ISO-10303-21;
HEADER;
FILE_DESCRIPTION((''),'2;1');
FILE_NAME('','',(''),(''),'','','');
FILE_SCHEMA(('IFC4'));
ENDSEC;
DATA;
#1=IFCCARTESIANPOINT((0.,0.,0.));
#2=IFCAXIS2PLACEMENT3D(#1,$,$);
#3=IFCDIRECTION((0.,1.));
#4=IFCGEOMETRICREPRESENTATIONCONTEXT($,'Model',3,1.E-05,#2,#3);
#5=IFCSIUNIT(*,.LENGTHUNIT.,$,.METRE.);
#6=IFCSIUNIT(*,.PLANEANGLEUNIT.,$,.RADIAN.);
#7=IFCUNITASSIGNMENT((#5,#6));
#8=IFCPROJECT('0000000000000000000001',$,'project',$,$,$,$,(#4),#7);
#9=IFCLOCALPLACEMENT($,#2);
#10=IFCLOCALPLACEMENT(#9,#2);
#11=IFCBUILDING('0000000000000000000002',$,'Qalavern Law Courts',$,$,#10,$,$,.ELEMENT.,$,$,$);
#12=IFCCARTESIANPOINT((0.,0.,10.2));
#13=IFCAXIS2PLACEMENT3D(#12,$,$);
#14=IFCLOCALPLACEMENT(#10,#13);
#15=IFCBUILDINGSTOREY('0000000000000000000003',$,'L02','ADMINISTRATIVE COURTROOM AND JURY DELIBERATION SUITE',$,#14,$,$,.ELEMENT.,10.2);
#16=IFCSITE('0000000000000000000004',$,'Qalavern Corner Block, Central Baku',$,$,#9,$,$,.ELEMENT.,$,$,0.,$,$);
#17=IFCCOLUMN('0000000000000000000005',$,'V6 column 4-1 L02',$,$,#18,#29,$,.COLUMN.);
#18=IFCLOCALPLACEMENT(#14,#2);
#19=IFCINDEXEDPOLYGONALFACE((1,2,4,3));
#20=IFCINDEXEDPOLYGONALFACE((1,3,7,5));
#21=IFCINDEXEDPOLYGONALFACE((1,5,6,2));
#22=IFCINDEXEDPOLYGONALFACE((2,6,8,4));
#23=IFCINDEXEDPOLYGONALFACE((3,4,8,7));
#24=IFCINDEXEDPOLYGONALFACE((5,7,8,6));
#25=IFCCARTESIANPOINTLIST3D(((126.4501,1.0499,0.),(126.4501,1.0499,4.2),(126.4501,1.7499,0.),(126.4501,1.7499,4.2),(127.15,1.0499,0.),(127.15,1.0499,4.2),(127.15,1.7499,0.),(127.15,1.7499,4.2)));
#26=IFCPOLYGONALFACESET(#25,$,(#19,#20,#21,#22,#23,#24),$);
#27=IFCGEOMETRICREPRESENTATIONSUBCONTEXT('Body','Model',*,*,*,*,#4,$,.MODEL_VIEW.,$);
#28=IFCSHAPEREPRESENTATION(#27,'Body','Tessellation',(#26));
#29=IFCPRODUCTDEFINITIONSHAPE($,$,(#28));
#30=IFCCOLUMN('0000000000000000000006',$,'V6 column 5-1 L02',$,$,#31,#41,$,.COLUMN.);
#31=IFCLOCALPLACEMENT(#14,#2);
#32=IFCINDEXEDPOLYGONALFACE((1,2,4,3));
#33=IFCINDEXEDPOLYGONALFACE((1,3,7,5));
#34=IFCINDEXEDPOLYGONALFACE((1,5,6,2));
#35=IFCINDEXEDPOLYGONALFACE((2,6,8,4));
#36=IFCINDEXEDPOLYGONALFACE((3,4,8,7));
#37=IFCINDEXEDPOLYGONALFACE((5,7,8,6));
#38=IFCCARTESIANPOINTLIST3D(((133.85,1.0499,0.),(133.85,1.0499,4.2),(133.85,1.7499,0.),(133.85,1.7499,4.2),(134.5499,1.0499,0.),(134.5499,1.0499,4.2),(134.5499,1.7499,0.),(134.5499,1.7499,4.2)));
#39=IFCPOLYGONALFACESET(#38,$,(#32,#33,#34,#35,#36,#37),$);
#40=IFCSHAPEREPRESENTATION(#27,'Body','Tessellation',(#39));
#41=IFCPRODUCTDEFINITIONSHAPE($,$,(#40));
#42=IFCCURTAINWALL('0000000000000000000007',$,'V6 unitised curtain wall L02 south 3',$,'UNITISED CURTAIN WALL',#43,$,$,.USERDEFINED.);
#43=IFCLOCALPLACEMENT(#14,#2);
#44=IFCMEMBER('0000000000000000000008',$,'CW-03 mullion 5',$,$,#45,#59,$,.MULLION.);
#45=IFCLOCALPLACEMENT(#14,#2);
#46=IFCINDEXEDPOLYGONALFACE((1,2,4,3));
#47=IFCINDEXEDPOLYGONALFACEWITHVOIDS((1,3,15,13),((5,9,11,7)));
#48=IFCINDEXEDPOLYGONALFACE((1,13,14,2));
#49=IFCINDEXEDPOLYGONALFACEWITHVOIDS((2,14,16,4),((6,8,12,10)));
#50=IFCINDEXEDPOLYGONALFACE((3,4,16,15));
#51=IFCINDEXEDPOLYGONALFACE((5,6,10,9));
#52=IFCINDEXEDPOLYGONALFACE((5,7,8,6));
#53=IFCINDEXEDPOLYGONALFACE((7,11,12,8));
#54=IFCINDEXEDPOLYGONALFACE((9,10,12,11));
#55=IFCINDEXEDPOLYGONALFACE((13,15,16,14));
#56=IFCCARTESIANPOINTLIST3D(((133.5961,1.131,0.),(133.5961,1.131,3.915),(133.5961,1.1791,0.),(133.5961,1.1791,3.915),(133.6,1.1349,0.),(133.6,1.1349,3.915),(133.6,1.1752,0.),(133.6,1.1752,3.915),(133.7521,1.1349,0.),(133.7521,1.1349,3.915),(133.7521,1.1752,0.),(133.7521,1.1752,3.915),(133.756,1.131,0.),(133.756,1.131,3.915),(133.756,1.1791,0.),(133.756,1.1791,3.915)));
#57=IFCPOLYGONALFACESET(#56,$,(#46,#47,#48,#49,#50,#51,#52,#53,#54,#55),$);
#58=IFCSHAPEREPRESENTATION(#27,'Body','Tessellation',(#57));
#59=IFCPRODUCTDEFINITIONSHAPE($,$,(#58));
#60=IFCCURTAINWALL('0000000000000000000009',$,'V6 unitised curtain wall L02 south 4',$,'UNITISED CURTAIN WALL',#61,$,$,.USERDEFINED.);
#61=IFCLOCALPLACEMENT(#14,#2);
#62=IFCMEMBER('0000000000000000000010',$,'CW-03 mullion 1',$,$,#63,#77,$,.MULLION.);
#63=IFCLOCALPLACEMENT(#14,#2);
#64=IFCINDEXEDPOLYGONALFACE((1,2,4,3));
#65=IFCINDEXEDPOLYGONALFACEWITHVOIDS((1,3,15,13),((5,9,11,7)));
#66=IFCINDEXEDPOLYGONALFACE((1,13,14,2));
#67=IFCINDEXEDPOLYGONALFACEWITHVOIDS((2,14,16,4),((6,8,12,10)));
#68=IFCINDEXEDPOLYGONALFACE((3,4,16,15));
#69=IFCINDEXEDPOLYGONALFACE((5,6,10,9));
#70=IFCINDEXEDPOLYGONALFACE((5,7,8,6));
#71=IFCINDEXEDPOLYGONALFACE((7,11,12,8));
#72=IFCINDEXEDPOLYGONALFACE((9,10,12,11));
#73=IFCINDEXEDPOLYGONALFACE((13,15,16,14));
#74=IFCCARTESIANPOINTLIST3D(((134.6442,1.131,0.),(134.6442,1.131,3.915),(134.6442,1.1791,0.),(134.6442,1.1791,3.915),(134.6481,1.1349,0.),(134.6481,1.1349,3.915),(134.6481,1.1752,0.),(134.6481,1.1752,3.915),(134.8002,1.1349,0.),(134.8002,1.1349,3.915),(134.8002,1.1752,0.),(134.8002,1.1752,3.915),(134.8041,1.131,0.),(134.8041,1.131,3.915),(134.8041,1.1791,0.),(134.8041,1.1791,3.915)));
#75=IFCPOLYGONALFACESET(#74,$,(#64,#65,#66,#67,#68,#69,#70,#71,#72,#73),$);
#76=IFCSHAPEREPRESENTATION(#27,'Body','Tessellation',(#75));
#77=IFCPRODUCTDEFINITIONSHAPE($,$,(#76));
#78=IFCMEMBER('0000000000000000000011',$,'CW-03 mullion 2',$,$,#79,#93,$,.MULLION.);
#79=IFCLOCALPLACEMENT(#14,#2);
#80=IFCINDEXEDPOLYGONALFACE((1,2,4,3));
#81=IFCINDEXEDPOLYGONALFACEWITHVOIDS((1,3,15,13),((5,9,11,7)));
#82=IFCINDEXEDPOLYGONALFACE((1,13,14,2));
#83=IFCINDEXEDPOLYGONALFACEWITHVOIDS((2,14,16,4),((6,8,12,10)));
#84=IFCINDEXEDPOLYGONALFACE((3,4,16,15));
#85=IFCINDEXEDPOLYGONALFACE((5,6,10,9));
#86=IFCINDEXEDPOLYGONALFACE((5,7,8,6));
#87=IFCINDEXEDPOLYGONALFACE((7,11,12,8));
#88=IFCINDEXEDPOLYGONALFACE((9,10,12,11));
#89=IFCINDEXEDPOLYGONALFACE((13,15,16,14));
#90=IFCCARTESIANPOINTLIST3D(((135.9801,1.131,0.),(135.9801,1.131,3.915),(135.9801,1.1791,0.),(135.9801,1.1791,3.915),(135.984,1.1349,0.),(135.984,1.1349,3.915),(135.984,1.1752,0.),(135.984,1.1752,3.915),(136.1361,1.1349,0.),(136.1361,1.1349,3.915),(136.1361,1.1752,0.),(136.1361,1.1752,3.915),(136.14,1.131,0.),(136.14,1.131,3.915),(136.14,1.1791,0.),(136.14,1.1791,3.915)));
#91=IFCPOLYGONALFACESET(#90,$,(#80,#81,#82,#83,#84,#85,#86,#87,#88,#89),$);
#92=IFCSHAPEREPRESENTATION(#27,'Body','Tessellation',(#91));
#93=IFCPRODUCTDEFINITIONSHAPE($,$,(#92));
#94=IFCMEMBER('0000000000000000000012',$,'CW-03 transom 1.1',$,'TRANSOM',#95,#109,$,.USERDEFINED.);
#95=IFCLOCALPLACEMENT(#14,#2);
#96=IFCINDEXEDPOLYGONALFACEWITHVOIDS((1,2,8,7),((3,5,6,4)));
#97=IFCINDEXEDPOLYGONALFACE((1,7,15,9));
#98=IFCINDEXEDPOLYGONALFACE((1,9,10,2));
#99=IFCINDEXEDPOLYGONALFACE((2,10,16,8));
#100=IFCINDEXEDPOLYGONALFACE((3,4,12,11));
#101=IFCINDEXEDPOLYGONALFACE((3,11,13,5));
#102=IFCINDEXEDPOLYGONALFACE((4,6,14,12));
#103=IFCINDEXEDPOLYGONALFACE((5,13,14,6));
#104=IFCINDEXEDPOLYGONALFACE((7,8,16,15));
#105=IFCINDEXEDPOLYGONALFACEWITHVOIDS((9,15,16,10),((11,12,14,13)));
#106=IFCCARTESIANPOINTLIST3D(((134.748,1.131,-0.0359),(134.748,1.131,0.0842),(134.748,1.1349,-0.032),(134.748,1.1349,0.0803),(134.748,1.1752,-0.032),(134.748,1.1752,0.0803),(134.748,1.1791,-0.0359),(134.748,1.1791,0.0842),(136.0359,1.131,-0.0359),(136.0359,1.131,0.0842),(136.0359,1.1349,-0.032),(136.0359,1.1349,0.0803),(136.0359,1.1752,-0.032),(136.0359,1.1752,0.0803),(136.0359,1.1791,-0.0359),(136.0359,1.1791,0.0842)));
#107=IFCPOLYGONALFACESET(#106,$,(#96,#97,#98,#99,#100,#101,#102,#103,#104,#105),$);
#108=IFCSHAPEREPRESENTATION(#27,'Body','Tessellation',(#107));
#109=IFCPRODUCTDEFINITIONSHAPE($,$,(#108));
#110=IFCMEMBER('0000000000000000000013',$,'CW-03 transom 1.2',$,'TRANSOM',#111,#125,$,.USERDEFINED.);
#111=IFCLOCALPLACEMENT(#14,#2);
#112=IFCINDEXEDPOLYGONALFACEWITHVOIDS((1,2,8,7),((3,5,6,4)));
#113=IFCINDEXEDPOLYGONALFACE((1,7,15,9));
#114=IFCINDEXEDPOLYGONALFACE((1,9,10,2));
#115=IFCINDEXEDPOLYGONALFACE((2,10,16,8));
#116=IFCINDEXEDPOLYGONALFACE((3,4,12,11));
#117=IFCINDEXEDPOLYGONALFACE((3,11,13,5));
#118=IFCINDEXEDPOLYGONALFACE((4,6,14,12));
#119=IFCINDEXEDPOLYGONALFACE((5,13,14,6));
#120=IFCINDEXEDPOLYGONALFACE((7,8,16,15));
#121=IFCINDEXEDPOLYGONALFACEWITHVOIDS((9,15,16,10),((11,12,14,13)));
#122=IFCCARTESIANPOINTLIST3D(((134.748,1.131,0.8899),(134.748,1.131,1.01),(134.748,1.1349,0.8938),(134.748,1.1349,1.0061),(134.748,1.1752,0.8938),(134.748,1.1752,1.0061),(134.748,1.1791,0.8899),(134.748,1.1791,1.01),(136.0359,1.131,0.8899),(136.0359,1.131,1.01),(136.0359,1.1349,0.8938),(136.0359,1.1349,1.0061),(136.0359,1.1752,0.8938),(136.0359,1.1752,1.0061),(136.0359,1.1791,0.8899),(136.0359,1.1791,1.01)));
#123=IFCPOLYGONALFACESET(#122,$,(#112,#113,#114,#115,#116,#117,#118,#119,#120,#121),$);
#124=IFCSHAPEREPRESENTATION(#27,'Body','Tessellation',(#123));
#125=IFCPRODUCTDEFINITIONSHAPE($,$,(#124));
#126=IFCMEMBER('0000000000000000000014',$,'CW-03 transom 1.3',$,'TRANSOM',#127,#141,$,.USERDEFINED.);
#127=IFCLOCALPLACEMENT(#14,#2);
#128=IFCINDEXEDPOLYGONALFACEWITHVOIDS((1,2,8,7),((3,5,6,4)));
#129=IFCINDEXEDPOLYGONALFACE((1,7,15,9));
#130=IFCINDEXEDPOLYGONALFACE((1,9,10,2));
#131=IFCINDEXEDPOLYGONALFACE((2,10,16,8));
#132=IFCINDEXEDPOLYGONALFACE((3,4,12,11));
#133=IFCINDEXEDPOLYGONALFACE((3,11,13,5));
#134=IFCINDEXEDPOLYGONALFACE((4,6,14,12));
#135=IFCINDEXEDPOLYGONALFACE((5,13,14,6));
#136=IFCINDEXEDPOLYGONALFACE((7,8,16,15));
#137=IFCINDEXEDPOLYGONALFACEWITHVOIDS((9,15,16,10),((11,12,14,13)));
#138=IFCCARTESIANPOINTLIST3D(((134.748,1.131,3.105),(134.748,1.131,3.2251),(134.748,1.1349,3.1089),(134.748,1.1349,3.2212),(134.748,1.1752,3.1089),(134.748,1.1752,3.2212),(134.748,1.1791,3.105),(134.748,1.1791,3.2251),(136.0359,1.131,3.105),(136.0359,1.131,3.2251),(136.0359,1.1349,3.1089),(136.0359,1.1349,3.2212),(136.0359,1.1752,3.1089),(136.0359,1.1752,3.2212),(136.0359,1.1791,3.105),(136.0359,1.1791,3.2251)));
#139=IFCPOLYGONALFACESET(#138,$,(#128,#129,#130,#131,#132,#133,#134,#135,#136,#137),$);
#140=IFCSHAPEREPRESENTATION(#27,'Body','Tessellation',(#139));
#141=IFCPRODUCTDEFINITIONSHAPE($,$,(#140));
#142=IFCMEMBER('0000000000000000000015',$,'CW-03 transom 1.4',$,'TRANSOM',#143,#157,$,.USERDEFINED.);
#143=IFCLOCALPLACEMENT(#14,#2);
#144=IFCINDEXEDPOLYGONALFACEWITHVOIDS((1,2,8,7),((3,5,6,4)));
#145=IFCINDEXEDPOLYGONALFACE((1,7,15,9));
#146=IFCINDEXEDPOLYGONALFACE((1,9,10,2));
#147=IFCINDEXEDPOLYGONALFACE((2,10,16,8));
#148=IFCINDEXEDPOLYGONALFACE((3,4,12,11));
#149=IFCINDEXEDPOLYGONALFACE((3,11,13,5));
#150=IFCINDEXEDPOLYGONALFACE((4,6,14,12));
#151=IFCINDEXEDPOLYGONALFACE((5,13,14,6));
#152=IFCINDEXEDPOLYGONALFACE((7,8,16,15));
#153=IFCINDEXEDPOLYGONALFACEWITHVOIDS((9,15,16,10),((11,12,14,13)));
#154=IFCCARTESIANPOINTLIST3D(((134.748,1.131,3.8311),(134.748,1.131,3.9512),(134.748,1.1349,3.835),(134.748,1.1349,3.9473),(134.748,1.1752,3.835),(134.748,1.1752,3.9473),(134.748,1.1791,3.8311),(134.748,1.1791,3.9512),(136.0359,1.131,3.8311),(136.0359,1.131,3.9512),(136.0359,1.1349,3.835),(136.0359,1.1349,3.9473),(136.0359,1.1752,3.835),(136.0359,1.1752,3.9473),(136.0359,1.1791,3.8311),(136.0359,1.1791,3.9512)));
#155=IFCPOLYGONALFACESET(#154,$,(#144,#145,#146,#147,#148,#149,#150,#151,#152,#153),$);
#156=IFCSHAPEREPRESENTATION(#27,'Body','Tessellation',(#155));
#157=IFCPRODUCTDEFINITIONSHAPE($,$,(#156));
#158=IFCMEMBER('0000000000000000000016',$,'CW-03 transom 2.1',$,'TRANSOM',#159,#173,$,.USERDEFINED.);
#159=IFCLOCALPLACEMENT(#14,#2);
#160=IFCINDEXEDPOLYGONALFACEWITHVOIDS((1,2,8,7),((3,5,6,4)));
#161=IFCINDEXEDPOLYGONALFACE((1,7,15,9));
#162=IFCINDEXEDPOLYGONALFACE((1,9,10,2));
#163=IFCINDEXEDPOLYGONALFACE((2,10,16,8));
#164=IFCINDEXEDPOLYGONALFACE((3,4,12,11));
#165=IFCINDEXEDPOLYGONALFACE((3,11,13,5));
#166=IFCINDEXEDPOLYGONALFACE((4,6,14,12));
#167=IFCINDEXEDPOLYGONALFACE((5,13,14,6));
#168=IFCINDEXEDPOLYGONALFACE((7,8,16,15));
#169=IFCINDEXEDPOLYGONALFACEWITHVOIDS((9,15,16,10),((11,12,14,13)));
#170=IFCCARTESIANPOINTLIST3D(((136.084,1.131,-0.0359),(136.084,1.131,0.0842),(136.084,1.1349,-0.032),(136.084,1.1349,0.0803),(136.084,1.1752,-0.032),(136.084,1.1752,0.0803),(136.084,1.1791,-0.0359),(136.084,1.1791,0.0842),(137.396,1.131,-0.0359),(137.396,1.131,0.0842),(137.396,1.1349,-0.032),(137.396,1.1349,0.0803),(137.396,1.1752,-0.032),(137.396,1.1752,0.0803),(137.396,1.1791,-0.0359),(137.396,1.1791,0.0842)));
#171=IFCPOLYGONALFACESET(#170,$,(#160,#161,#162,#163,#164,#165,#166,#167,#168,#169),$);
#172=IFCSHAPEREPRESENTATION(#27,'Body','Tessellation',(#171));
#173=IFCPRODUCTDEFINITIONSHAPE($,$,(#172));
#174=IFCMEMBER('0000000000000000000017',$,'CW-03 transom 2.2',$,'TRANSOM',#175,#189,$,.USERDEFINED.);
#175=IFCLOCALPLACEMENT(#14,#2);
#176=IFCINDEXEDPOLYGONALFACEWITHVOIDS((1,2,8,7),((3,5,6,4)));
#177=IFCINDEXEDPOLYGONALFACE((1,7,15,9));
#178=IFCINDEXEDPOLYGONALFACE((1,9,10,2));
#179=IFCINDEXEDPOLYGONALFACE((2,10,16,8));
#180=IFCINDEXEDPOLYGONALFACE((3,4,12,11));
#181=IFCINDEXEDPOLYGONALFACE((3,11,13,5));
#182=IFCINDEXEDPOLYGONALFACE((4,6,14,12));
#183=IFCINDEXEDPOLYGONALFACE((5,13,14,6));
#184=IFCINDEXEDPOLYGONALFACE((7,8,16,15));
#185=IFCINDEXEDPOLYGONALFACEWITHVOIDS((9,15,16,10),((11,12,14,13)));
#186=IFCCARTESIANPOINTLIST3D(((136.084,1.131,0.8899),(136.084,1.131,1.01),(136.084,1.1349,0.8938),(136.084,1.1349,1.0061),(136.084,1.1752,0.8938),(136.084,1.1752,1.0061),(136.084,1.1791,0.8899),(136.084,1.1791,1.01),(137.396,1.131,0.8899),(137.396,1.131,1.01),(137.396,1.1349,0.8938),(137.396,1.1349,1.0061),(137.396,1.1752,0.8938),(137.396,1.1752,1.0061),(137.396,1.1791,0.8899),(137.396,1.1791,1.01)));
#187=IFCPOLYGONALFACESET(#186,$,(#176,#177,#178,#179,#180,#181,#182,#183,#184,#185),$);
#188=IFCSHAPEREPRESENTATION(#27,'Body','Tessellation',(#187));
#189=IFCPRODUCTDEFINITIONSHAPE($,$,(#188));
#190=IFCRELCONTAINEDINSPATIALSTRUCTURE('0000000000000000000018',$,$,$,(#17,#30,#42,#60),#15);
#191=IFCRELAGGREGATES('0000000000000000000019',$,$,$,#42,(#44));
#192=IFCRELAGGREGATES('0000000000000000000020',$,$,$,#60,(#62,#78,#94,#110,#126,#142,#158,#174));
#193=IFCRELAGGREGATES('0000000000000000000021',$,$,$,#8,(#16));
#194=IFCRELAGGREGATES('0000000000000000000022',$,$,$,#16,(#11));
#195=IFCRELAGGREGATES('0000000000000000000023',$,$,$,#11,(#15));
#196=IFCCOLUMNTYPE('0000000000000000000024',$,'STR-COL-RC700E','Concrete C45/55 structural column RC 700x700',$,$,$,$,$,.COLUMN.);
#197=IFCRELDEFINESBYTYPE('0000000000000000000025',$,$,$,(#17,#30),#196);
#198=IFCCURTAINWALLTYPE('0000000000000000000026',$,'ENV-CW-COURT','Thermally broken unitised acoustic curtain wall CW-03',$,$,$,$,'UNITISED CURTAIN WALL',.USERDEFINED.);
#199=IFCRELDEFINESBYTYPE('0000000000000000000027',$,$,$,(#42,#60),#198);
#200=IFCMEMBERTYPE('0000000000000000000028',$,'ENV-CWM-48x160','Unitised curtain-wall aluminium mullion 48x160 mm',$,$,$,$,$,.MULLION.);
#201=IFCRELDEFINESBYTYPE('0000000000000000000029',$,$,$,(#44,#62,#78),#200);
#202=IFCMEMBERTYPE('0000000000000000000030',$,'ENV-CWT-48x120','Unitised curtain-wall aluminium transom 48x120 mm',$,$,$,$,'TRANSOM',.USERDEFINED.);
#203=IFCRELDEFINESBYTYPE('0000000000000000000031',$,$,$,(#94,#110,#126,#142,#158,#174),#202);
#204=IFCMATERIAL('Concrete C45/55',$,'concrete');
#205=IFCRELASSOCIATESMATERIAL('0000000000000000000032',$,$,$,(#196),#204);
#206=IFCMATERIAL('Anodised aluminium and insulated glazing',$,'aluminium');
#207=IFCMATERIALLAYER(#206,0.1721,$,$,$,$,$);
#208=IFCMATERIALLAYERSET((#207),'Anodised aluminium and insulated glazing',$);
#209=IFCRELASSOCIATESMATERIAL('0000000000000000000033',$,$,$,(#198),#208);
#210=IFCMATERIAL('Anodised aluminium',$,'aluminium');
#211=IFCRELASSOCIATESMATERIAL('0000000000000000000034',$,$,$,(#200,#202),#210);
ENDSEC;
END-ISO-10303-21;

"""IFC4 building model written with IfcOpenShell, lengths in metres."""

from ifc_helpers import new_model, si_unit, direction, frame, origin, origin_2d, place, context, subcontext, project, spatial, rectangle, hollow_rectangle, extrude, material, layer, layer_set, material_profile, profile_set, type_object, element, aggregate, save


model = new_model("IFC4")

# Units and contexts
model_context = context("Model", 3, precision=1e-05, world=origin(), true_north=direction((0.0, 1.0)))
body_context = subcontext(model_context, "Body", "Model", "MODEL_VIEW")
ifc_project = project(units=[si_unit("LENGTHUNIT", "METRE"), si_unit("PLANEANGLEUNIT", "RADIAN")], contexts=[model_context])

# Site, building, storey
site_placement = place(None, origin())
site = spatial("IfcSite", under=ifc_project, at=site_placement, Name="Qalavern Corner Block, Central Baku", CompositionType="ELEMENT", RefElevation=0.0)
building_placement = place(site_placement, origin())
building = spatial("IfcBuilding", under=site, at=building_placement, Name="Qalavern Law Courts", CompositionType="ELEMENT")
storey_placement = place(building_placement, frame((0.0, 0.0, 10.2)))
storey = spatial("IfcBuildingStorey", under=building, at=storey_placement, Name="L02", Description="ADMINISTRATIVE COURTROOM AND JURY DELIBERATION SUITE", CompositionType="ELEMENT", Elevation=10.2)

# Columns
ifc_material_1 = material(Name="Concrete C45/55", Category="concrete")
ifc_material_profile_1 = material_profile(ifc_material_1, rectangle(XDim=0.7, YDim=0.7, at=origin_2d()), Name="RC 700x700")
ifc_profile_set_1 = profile_set([ifc_material_profile_1], Name="Concrete C45/55")
column_type = type_object("IfcColumnType", Name="STR-COL-RC700E", Description="Concrete C45/55 structural column RC 700x700", PredefinedType="COLUMN", material=ifc_profile_set_1)
for number, where, z_axis, x_axis, name in (
    (1, (126.8, 1.3999, 0.0), (0.0, 0.0, 1.0), (1.0, 0.0, 0.0), "V6 column 4-1 L02"),
    (2, (134.2, 1.3999, 0.0), (0.0, 0.0, 1.0), (1.0, 0.0, 0.0), "V6 column 5-1 L02"),
):
    element("IfcColumn", number, at=place(storey_placement, frame(where, z_axis=z_axis, x_axis=x_axis)), inside=storey, type_object=column_type, Name=name, PredefinedType="COLUMN", context=body_context, shape_type="SweptSolid", body=[
        extrude(rectangle(XDim=0.7, YDim=0.7, at=origin_2d()), origin(), (0.0, 0.0, 1.0), 4.2),
    ])

# Curtain wall, member
ifc_material_2 = material(Name="Anodised aluminium and insulated glazing", Category="aluminium")
ifc_layer_1 = layer(ifc_material_2, 0.1721)
ifc_layer_set_1 = layer_set([ifc_layer_1], Name="Anodised aluminium and insulated glazing")
curtain_wall_type = type_object("IfcCurtainWallType", Name="ENV-CW-COURT", Description="Thermally broken unitised acoustic curtain wall CW-03", ElementType="UNITISED CURTAIN WALL", PredefinedType="USERDEFINED", material=ifc_layer_set_1)
curtain_wall_1_placement = place(storey_placement, origin())
curtain_wall_1 = element("IfcCurtainWall", 3, at=curtain_wall_1_placement, inside=storey, type_object=curtain_wall_type, Name="V6 unitised curtain wall L02 south 3", ObjectType="UNITISED CURTAIN WALL", PredefinedType="USERDEFINED")
ifc_material_3 = material(Name="Anodised aluminium", Category="aluminium")
ifc_material_profile_2 = material_profile(ifc_material_3, hollow_rectangle(XDim=0.0481, YDim=0.1599, WallThickness=0.0039, at=origin_2d()), Name="ALU MULLION 48x160")
ifc_profile_set_2 = profile_set([ifc_material_profile_2], Name="Anodised aluminium")
member_type_1 = type_object("IfcMemberType", Name="ENV-CWM-48x160", Description="Unitised curtain-wall aluminium mullion 48x160 mm", PredefinedType="MULLION", material=ifc_profile_set_2)
member_1_placement = place(storey_placement, frame((133.676, 1.155, 0.0), z_axis=(0.0, 0.0, 1.0), x_axis=(0.0, 1.0, 0.0)))
member_1 = element("IfcMember", 4, at=member_1_placement, type_object=member_type_1, Name="CW-03 mullion 5", PredefinedType="MULLION", context=body_context, shape_type="SweptSolid", body=[
    extrude(hollow_rectangle(XDim=0.0481, YDim=0.1599, WallThickness=0.0039, at=origin_2d()), origin(), (0.0, 0.0, 1.0), 3.915),
])
aggregate(curtain_wall_1, [member_1])

# Curtain wall, members
curtain_wall_2_placement = place(storey_placement, origin())
curtain_wall_2 = element("IfcCurtainWall", 5, at=curtain_wall_2_placement, inside=storey, type_object=curtain_wall_type, Name="V6 unitised curtain wall L02 south 4", ObjectType="UNITISED CURTAIN WALL", PredefinedType="USERDEFINED")
member_2_placement = place(storey_placement, frame((134.7241, 1.155, 0.0), z_axis=(0.0, 0.0, 1.0), x_axis=(0.0, 1.0, 0.0)))
member_2 = element("IfcMember", 6, at=member_2_placement, type_object=member_type_1, Name="CW-03 mullion 1", PredefinedType="MULLION", context=body_context, shape_type="SweptSolid", body=[
    extrude(hollow_rectangle(XDim=0.0481, YDim=0.1599, WallThickness=0.0039, at=origin_2d()), origin(), (0.0, 0.0, 1.0), 3.915),
])
member_3_placement = place(storey_placement, frame((136.0601, 1.155, 0.0), z_axis=(0.0, 0.0, 1.0), x_axis=(0.0, 1.0, 0.0)))
member_3 = element("IfcMember", 7, at=member_3_placement, type_object=member_type_1, Name="CW-03 mullion 2", PredefinedType="MULLION", context=body_context, shape_type="SweptSolid", body=[
    extrude(hollow_rectangle(XDim=0.0481, YDim=0.1599, WallThickness=0.0039, at=origin_2d()), origin(), (0.0, 0.0, 1.0), 3.915),
])
ifc_material_profile_3 = material_profile(ifc_material_3, hollow_rectangle(XDim=0.0481, YDim=0.1201, WallThickness=0.0039, at=origin_2d()), Name="ALU TRANSOM 48x120")
ifc_profile_set_3 = profile_set([ifc_material_profile_3], Name="Anodised aluminium")
member_type_2 = type_object("IfcMemberType", Name="ENV-CWT-48x120", Description="Unitised curtain-wall aluminium transom 48x120 mm", ElementType="TRANSOM", PredefinedType="USERDEFINED", material=ifc_profile_set_3)
member_4_placement = place(storey_placement, frame((134.748, 1.155, 0.0242), z_axis=(1.0, 0.0, 0.0), x_axis=(0.0, 1.0, 0.0)))
member_4 = element("IfcMember", 8, at=member_4_placement, type_object=member_type_2, Name="CW-03 transom 1.1", ObjectType="TRANSOM", PredefinedType="USERDEFINED", context=body_context, shape_type="SweptSolid", body=[
    extrude(hollow_rectangle(XDim=0.0481, YDim=0.1201, WallThickness=0.0039, at=origin_2d()), origin(), (0.0, 0.0, 1.0), 1.2878),
])
member_5_placement = place(storey_placement, frame((134.748, 1.155, 0.95), z_axis=(1.0, 0.0, 0.0), x_axis=(0.0, 1.0, 0.0)))
member_5 = element("IfcMember", 9, at=member_5_placement, type_object=member_type_2, Name="CW-03 transom 1.2", ObjectType="TRANSOM", PredefinedType="USERDEFINED", context=body_context, shape_type="SweptSolid", body=[
    extrude(hollow_rectangle(XDim=0.0481, YDim=0.1201, WallThickness=0.0039, at=origin_2d()), origin(), (0.0, 0.0, 1.0), 1.2878),
])
member_6_placement = place(storey_placement, frame((134.748, 1.155, 3.165), z_axis=(1.0, 0.0, 0.0), x_axis=(0.0, 1.0, 0.0)))
member_6 = element("IfcMember", 10, at=member_6_placement, type_object=member_type_2, Name="CW-03 transom 1.3", ObjectType="TRANSOM", PredefinedType="USERDEFINED", context=body_context, shape_type="SweptSolid", body=[
    extrude(hollow_rectangle(XDim=0.0481, YDim=0.1201, WallThickness=0.0039, at=origin_2d()), origin(), (0.0, 0.0, 1.0), 1.2878),
])
member_7_placement = place(storey_placement, frame((134.748, 1.155, 3.8911), z_axis=(1.0, 0.0, 0.0), x_axis=(0.0, 1.0, 0.0)))
member_7 = element("IfcMember", 11, at=member_7_placement, type_object=member_type_2, Name="CW-03 transom 1.4", ObjectType="TRANSOM", PredefinedType="USERDEFINED", context=body_context, shape_type="SweptSolid", body=[
    extrude(hollow_rectangle(XDim=0.0481, YDim=0.1201, WallThickness=0.0039, at=origin_2d()), origin(), (0.0, 0.0, 1.0), 1.2878),
])
member_8_placement = place(storey_placement, frame((136.084, 1.155, 0.0242), z_axis=(1.0, 0.0, 0.0), x_axis=(0.0, 1.0, 0.0)))
member_8 = element("IfcMember", 12, at=member_8_placement, type_object=member_type_2, Name="CW-03 transom 2.1", ObjectType="TRANSOM", PredefinedType="USERDEFINED", context=body_context, shape_type="SweptSolid", body=[
    extrude(hollow_rectangle(XDim=0.0481, YDim=0.1201, WallThickness=0.0039, at=origin_2d()), origin(), (0.0, 0.0, 1.0), 1.312),
])
member_9_placement = place(storey_placement, frame((136.084, 1.155, 0.95), z_axis=(1.0, 0.0, 0.0), x_axis=(0.0, 1.0, 0.0)))
member_9 = element("IfcMember", 13, at=member_9_placement, type_object=member_type_2, Name="CW-03 transom 2.2", ObjectType="TRANSOM", PredefinedType="USERDEFINED", context=body_context, shape_type="SweptSolid", body=[
    extrude(hollow_rectangle(XDim=0.0481, YDim=0.1201, WallThickness=0.0039, at=origin_2d()), origin(), (0.0, 0.0, 1.0), 1.312),
])

aggregate(curtain_wall_2, [member_2, member_3, member_4, member_5, member_6, member_7, member_8, member_9])

save(model, "model.ifc")
